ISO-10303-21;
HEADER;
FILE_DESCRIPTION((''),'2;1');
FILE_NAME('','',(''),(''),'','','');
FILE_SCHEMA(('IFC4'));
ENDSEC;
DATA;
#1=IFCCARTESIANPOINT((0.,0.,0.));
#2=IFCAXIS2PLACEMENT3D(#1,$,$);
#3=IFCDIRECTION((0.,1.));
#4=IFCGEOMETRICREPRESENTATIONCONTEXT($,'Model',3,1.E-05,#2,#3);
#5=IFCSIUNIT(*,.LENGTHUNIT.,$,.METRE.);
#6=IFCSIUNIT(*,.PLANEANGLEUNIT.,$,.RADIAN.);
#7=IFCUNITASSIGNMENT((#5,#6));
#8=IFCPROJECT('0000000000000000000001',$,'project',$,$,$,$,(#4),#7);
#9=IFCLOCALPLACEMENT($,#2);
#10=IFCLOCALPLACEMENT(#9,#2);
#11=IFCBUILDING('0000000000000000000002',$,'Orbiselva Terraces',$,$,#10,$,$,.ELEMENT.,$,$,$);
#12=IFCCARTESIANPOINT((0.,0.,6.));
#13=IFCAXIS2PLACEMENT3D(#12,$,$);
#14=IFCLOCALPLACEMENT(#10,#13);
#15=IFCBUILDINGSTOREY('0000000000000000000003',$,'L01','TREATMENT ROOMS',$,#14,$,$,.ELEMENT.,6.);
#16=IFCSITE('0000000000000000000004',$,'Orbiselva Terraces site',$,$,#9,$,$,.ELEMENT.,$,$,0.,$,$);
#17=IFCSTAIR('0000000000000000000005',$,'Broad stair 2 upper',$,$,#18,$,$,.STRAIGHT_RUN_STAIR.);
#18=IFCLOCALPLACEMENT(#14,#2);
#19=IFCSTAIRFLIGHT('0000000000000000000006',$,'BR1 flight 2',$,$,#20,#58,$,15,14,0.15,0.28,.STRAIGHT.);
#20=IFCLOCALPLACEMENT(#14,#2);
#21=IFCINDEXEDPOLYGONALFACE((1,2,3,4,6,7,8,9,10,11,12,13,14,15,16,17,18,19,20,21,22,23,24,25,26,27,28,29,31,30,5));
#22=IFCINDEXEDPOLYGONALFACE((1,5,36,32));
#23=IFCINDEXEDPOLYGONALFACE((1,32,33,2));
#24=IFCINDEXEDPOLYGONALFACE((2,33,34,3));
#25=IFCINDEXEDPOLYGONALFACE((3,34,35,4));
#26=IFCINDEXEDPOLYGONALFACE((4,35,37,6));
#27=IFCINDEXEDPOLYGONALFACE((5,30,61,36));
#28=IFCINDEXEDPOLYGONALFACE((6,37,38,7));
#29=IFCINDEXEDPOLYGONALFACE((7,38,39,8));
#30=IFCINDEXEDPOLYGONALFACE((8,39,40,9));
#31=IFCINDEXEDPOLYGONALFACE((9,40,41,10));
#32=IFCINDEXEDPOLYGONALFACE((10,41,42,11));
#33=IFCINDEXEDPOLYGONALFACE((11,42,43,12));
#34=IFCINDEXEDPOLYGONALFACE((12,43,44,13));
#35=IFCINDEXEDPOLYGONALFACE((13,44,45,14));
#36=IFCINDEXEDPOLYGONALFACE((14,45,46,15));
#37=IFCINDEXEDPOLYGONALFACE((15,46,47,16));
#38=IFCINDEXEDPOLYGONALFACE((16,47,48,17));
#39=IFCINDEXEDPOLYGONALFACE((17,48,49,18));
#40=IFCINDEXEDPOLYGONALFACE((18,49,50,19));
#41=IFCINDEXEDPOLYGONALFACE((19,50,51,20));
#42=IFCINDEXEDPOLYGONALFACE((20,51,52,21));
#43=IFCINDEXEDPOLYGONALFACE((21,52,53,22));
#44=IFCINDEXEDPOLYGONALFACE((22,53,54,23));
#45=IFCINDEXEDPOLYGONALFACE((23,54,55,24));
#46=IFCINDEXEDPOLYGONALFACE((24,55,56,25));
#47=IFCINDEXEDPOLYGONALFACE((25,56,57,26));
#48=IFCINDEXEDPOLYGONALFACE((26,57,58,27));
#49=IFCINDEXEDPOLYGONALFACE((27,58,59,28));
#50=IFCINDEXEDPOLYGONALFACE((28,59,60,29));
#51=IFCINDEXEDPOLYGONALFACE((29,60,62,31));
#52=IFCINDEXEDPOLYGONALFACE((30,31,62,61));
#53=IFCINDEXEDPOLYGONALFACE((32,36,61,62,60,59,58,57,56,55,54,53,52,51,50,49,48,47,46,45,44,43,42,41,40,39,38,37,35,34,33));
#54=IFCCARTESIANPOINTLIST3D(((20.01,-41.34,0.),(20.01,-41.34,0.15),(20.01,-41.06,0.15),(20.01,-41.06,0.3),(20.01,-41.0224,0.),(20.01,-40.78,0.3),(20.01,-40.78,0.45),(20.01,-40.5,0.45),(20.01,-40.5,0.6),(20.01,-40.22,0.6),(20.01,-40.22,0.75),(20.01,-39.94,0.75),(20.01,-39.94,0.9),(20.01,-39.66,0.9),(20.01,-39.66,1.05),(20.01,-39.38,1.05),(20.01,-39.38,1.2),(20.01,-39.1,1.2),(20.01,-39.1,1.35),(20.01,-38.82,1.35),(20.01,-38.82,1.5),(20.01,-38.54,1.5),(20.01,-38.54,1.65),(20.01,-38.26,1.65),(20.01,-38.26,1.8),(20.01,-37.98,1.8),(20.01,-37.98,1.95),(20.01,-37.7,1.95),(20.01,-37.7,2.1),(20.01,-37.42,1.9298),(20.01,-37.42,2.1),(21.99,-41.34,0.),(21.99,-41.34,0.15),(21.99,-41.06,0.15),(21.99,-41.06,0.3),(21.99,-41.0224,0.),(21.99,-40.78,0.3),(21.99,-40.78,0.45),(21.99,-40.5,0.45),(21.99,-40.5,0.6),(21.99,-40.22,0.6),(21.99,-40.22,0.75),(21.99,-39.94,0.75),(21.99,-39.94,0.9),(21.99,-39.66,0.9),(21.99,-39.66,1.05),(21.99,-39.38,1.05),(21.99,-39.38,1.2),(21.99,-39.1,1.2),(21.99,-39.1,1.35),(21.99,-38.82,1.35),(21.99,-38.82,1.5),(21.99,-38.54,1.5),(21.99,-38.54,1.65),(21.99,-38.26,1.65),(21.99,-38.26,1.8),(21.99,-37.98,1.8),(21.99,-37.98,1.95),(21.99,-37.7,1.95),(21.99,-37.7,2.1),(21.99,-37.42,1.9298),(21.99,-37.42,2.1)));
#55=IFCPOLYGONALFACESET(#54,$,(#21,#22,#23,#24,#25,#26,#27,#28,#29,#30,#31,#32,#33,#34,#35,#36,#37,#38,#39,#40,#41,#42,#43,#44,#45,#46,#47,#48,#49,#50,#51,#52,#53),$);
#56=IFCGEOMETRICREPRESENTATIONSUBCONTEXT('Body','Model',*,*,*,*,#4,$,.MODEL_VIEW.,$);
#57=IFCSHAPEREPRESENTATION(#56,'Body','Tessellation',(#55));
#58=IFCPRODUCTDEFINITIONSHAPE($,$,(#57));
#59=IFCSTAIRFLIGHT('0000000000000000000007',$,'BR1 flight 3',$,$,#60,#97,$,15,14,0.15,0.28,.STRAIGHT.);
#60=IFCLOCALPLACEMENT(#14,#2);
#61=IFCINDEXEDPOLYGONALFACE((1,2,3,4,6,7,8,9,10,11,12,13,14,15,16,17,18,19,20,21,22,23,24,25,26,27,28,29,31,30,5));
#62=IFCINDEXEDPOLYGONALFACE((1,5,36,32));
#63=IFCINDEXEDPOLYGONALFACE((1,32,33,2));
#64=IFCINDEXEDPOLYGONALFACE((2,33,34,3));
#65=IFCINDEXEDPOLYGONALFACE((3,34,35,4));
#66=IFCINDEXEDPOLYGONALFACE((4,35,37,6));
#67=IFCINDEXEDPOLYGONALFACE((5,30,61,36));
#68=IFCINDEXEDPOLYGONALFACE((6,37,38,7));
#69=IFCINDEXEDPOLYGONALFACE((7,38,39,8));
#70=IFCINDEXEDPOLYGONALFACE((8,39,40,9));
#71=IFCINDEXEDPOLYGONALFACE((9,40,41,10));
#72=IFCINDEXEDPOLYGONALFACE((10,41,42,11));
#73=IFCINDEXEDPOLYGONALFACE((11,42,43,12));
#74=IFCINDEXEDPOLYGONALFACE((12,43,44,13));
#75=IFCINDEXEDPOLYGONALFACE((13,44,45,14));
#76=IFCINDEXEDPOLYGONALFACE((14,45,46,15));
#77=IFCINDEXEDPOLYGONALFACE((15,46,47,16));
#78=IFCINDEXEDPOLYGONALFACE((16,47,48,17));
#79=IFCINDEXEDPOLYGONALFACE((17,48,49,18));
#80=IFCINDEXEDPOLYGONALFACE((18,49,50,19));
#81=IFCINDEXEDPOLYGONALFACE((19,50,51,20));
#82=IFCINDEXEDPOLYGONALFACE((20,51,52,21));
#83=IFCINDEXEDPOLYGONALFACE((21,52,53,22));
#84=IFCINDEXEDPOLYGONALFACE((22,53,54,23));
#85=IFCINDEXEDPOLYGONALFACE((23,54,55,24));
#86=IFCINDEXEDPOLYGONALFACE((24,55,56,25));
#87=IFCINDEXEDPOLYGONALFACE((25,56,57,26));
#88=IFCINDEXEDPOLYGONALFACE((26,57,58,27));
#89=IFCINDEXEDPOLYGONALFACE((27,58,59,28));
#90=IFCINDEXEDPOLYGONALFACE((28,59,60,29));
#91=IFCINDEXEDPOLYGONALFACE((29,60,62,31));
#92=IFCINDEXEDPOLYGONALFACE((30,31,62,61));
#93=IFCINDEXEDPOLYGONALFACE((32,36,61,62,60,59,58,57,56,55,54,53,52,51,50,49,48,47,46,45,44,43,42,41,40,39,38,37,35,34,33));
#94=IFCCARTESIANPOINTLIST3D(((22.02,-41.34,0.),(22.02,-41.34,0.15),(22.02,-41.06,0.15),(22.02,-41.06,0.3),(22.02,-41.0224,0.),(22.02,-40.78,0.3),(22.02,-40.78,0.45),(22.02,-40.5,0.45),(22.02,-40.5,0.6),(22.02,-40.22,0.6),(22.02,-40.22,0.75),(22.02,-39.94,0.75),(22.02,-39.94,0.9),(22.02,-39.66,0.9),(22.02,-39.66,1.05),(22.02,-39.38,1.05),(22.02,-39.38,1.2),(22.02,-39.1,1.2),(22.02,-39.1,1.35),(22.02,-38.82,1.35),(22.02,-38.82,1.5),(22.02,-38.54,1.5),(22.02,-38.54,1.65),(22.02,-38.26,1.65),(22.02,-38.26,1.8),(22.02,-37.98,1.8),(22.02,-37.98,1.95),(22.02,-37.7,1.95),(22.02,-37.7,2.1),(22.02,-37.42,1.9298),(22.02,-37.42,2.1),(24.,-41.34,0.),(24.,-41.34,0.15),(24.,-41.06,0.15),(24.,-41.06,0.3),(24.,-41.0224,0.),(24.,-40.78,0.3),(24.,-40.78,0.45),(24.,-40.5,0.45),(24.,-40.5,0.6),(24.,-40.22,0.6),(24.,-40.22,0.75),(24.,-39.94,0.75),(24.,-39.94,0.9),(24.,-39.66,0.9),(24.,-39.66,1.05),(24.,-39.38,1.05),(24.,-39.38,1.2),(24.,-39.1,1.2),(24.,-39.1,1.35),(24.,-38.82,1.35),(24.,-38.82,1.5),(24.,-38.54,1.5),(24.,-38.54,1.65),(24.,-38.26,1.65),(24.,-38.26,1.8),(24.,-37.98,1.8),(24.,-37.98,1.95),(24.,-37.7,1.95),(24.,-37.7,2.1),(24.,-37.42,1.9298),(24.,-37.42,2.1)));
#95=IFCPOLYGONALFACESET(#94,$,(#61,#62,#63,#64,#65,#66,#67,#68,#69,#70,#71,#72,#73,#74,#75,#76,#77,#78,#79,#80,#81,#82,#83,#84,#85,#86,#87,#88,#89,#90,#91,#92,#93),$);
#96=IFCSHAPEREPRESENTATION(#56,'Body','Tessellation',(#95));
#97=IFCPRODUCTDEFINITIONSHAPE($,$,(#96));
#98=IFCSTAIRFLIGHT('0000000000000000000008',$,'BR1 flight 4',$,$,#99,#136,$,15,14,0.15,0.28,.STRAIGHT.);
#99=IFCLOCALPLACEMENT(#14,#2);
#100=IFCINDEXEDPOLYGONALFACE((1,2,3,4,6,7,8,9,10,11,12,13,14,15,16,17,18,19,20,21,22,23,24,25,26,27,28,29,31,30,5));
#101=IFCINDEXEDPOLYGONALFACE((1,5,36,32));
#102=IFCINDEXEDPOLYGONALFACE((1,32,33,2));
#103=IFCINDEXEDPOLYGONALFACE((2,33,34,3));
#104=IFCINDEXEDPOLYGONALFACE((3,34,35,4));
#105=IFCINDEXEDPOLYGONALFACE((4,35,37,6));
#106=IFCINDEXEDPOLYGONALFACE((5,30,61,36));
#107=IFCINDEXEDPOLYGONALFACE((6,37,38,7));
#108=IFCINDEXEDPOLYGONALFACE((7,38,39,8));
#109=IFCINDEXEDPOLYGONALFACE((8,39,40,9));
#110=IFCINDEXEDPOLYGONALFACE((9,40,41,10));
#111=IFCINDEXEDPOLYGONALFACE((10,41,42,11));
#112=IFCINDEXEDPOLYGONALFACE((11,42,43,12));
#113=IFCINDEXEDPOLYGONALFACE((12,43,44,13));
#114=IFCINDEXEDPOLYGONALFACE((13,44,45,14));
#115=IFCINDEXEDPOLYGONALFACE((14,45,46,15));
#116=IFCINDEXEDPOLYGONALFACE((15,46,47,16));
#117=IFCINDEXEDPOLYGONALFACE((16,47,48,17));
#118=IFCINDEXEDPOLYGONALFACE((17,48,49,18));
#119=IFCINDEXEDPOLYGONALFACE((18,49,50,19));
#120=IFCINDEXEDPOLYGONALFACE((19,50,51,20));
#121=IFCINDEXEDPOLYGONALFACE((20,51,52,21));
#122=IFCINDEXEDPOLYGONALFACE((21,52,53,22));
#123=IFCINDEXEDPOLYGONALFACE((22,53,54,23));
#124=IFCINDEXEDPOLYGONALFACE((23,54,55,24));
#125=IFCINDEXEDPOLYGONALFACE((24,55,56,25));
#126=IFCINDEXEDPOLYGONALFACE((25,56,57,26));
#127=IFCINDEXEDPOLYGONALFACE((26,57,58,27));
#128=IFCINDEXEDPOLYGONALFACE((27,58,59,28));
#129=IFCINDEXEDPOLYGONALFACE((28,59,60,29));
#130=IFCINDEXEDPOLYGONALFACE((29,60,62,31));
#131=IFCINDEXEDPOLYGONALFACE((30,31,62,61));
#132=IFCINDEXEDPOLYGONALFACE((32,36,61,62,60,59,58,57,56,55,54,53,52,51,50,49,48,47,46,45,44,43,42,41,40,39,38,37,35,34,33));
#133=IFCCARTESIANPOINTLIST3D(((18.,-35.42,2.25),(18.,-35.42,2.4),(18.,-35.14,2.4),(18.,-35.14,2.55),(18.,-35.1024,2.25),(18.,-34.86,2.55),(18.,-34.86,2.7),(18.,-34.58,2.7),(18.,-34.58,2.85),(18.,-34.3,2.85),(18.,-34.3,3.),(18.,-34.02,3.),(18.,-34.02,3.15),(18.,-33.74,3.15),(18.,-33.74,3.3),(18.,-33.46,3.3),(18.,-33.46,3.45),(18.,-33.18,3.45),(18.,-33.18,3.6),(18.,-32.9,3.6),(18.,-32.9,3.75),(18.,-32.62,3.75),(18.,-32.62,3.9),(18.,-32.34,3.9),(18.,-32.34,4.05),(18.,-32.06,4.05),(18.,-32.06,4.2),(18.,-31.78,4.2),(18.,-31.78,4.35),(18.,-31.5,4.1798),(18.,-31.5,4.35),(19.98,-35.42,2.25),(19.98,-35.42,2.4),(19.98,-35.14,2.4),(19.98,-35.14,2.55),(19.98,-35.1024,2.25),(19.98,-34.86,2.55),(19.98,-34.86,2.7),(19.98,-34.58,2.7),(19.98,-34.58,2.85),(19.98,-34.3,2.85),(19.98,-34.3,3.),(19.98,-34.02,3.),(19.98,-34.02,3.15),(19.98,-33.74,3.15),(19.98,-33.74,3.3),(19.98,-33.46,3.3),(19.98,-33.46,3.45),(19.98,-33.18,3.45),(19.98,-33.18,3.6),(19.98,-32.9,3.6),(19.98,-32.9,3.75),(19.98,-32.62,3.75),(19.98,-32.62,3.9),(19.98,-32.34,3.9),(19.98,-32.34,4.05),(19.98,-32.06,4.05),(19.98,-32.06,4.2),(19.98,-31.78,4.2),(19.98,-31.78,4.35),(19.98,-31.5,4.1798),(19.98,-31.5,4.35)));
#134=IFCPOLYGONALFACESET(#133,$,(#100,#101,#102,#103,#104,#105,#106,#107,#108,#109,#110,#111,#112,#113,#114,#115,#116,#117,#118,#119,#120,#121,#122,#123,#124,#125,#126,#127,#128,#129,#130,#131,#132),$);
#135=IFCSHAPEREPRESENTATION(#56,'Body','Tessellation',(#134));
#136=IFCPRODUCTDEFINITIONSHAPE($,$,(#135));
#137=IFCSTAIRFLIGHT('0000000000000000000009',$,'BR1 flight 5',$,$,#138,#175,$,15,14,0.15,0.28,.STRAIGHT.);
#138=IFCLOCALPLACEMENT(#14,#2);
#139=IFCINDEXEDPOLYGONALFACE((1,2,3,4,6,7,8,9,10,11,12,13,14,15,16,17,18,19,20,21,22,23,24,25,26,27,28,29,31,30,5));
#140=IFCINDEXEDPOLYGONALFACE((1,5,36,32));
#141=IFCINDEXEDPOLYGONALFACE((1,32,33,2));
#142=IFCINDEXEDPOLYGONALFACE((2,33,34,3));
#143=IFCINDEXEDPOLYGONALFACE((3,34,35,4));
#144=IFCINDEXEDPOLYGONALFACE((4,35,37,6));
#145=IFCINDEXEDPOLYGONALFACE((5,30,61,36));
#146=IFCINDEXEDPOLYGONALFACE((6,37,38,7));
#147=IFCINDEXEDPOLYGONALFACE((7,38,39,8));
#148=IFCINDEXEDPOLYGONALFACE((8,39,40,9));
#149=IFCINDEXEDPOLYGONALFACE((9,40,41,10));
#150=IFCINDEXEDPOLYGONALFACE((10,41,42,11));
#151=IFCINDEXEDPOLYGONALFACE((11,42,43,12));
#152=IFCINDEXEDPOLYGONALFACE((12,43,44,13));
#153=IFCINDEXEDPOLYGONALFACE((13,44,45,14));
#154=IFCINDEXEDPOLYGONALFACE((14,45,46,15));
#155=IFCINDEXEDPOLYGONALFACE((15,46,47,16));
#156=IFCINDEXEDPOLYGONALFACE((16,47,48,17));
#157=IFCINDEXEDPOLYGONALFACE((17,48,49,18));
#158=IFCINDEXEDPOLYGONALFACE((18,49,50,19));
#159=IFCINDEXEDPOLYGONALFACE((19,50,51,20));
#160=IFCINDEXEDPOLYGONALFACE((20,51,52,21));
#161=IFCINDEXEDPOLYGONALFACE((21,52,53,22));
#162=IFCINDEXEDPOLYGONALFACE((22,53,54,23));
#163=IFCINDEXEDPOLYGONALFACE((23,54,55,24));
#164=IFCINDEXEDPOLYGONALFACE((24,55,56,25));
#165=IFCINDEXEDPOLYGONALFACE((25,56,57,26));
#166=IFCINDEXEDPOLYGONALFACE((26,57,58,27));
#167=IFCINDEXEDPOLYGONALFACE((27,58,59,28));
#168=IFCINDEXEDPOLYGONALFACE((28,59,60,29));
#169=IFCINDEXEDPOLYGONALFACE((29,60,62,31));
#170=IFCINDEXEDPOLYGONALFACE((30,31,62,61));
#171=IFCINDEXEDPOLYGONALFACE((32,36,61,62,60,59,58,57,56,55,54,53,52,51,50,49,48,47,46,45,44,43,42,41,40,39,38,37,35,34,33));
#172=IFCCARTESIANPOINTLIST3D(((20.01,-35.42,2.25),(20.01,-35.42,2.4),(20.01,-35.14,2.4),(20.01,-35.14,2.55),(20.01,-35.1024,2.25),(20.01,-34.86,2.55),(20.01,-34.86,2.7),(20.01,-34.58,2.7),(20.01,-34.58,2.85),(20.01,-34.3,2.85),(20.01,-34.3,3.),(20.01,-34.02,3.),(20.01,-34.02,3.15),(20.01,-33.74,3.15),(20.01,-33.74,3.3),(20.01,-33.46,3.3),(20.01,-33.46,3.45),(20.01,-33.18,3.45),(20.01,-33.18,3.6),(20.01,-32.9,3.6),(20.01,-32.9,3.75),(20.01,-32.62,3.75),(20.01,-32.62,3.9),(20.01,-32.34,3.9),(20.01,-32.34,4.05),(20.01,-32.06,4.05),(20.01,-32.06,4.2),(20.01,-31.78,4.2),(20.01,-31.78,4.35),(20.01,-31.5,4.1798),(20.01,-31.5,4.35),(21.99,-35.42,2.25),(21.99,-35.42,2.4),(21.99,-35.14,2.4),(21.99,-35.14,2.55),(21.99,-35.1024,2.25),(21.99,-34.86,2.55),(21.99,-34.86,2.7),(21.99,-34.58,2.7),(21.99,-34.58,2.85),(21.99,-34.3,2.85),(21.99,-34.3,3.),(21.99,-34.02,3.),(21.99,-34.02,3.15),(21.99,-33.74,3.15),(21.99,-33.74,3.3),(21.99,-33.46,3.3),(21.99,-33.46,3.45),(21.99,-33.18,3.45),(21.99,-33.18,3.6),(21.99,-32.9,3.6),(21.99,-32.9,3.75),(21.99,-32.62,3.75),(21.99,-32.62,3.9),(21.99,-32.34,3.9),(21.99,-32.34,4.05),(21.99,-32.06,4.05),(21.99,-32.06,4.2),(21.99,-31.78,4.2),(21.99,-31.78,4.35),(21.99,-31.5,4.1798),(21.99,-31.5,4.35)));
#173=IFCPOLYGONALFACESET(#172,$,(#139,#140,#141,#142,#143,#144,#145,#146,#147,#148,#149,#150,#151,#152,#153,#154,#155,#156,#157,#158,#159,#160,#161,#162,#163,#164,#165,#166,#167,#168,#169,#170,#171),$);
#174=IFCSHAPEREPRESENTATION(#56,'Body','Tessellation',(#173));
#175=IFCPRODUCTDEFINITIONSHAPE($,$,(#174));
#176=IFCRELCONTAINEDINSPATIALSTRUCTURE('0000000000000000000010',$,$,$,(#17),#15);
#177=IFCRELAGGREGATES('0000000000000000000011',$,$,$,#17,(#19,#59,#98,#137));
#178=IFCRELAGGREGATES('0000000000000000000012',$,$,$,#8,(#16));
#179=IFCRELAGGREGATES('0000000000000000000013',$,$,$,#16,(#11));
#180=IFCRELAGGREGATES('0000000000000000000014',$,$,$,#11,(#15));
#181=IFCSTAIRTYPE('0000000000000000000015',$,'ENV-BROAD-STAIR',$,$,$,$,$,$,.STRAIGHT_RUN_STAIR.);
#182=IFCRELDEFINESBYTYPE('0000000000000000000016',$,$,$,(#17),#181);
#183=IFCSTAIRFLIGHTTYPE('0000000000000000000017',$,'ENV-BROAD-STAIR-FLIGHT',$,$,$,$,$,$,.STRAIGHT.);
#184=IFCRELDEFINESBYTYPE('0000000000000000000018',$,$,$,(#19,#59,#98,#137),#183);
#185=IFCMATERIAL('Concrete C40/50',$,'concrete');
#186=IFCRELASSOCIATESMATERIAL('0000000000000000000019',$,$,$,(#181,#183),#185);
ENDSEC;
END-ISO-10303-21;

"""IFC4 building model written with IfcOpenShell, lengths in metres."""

from ifc_helpers import new_model, si_unit, direction, frame, origin, place, context, subcontext, project, spatial, polyline, outline, extrude, material, type_object, element, aggregate, save


model = new_model("IFC4")

# Units and contexts
model_context = context("Model", 3, precision=1e-05, world=origin(), true_north=direction((0.0, 1.0)))
body_context = subcontext(model_context, "Body", "Model", "MODEL_VIEW")
ifc_project = project(units=[si_unit("LENGTHUNIT", "METRE"), si_unit("PLANEANGLEUNIT", "RADIAN")], contexts=[model_context])

# Site, building, storey
site_placement = place(None, origin())
site = spatial("IfcSite", under=ifc_project, at=site_placement, Name="Orbiselva Terraces site", CompositionType="ELEMENT", RefElevation=0.0)
building_placement = place(site_placement, origin())
building = spatial("IfcBuilding", under=site, at=building_placement, Name="Orbiselva Terraces", CompositionType="ELEMENT")
storey_placement = place(building_placement, frame((0.0, 0.0, 6.0)))
storey = spatial("IfcBuildingStorey", under=building, at=storey_placement, Name="L01", Description="TREATMENT ROOMS", CompositionType="ELEMENT", Elevation=6.0)

# Stair, stair flights
ifc_material_1 = material(Name="Concrete C40/50", Category="concrete")
stair_type = type_object("IfcStairType", Name="ENV-BROAD-STAIR", PredefinedType="STRAIGHT_RUN_STAIR", material=ifc_material_1)
stair_placement = place(storey_placement, origin())
stair = element("IfcStair", 1, at=stair_placement, inside=storey, type_object=stair_type, Name="Broad stair 2 upper", PredefinedType="STRAIGHT_RUN_STAIR")
stair_flight_type = type_object("IfcStairFlightType", Name="ENV-BROAD-STAIR-FLIGHT", PredefinedType="STRAIGHT", material=ifc_material_1)
stair_flight_1_placement = place(storey_placement, frame((21.0, -41.34, 0.0), z_axis=(0.0, 0.0, 1.0), x_axis=(0.0, 1.0, 0.0)))
stair_flight_1 = element("IfcStairFlight", 2, at=stair_flight_1_placement, type_object=stair_flight_type, Name="BR1 flight 2", NumberOfRisers=15, NumberOfTreads=14, PredefinedType="STRAIGHT", RiserHeight=0.15, TreadLength=0.28, context=body_context, shape_type="SweptSolid", body=[
    extrude(outline(polyline([(0.0, 0.0), (0.0, 0.15), (0.28, 0.15), (0.28, 0.3), (0.56, 0.3), (0.56, 0.45), (0.84, 0.45), (0.84, 0.6), (1.12, 0.6), (1.12, 0.75), (1.4, 0.75), (1.4, 0.9), (1.68, 0.9), (1.68, 1.05), (1.96, 1.05), (1.96, 1.2), (2.24, 1.2), (2.24, 1.35), (2.52, 1.35), (2.52, 1.5), (2.8, 1.5), (2.8, 1.65), (3.08, 1.65), (3.08, 1.8), (3.36, 1.8), (3.36, 1.95), (3.64, 1.95), (3.64, 2.1), (3.92, 2.1), (3.92, 2.25), (3.92, 1.9298), (0.3176, 0.0), (0.0, 0.0)])), frame((0.0, 0.99, 0.0), z_axis=(0.0, -1.0, 0.0), x_axis=(1.0, 0.0, 0.0)), (0.0, 0.0, 1.0), 1.98),
])
stair_flight_2_placement = place(storey_placement, frame((23.01, -41.34, 0.0), z_axis=(0.0, 0.0, 1.0), x_axis=(0.0, 1.0, 0.0)))
stair_flight_2 = element("IfcStairFlight", 3, at=stair_flight_2_placement, type_object=stair_flight_type, Name="BR1 flight 3", NumberOfRisers=15, NumberOfTreads=14, PredefinedType="STRAIGHT", RiserHeight=0.15, TreadLength=0.28, context=body_context, shape_type="SweptSolid", body=[
    extrude(outline(polyline([(0.0, 0.0), (0.0, 0.15), (0.28, 0.15), (0.28, 0.3), (0.56, 0.3), (0.56, 0.45), (0.84, 0.45), (0.84, 0.6), (1.12, 0.6), (1.12, 0.75), (1.4, 0.75), (1.4, 0.9), (1.68, 0.9), (1.68, 1.05), (1.96, 1.05), (1.96, 1.2), (2.24, 1.2), (2.24, 1.35), (2.52, 1.35), (2.52, 1.5), (2.8, 1.5), (2.8, 1.65), (3.08, 1.65), (3.08, 1.8), (3.36, 1.8), (3.36, 1.95), (3.64, 1.95), (3.64, 2.1), (3.92, 2.1), (3.92, 2.25), (3.92, 1.9298), (0.3176, 0.0), (0.0, 0.0)])), frame((0.0, 0.99, 0.0), z_axis=(0.0, -1.0, 0.0), x_axis=(1.0, 0.0, 0.0)), (0.0, 0.0, 1.0), 1.98),
])
stair_flight_3_placement = place(storey_placement, frame((18.99, -35.42, 2.25), z_axis=(0.0, 0.0, 1.0), x_axis=(0.0, 1.0, 0.0)))
stair_flight_3 = element("IfcStairFlight", 4, at=stair_flight_3_placement, type_object=stair_flight_type, Name="BR1 flight 4", NumberOfRisers=15, NumberOfTreads=14, PredefinedType="STRAIGHT", RiserHeight=0.15, TreadLength=0.28, context=body_context, shape_type="SweptSolid", body=[
    extrude(outline(polyline([(0.0, 0.0), (0.0, 0.15), (0.28, 0.15), (0.28, 0.3), (0.56, 0.3), (0.56, 0.45), (0.84, 0.45), (0.84, 0.6), (1.12, 0.6), (1.12, 0.75), (1.4, 0.75), (1.4, 0.9), (1.68, 0.9), (1.68, 1.05), (1.96, 1.05), (1.96, 1.2), (2.24, 1.2), (2.24, 1.35), (2.52, 1.35), (2.52, 1.5), (2.8, 1.5), (2.8, 1.65), (3.08, 1.65), (3.08, 1.8), (3.36, 1.8), (3.36, 1.95), (3.64, 1.95), (3.64, 2.1), (3.92, 2.1), (3.92, 2.25), (3.92, 1.9298), (0.3176, 0.0), (0.0, 0.0)])), frame((0.0, 0.99, 0.0), z_axis=(0.0, -1.0, 0.0), x_axis=(1.0, 0.0, 0.0)), (0.0, 0.0, 1.0), 1.98),
])
stair_flight_4_placement = place(storey_placement, frame((21.0, -35.42, 2.25), z_axis=(0.0, 0.0, 1.0), x_axis=(0.0, 1.0, 0.0)))
stair_flight_4 = element("IfcStairFlight", 5, at=stair_flight_4_placement, type_object=stair_flight_type, Name="BR1 flight 5", NumberOfRisers=15, NumberOfTreads=14, PredefinedType="STRAIGHT", RiserHeight=0.15, TreadLength=0.28, context=body_context, shape_type="SweptSolid", body=[
    extrude(outline(polyline([(0.0, 0.0), (0.0, 0.15), (0.28, 0.15), (0.28, 0.3), (0.56, 0.3), (0.56, 0.45), (0.84, 0.45), (0.84, 0.6), (1.12, 0.6), (1.12, 0.75), (1.4, 0.75), (1.4, 0.9), (1.68, 0.9), (1.68, 1.05), (1.96, 1.05), (1.96, 1.2), (2.24, 1.2), (2.24, 1.35), (2.52, 1.35), (2.52, 1.5), (2.8, 1.5), (2.8, 1.65), (3.08, 1.65), (3.08, 1.8), (3.36, 1.8), (3.36, 1.95), (3.64, 1.95), (3.64, 2.1), (3.92, 2.1), (3.92, 2.25), (3.92, 1.9298), (0.3176, 0.0), (0.0, 0.0)])), frame((0.0, 0.99, 0.0), z_axis=(0.0, -1.0, 0.0), x_axis=(1.0, 0.0, 0.0)), (0.0, 0.0, 1.0), 1.98),
])
aggregate(stair, [stair_flight_1, stair_flight_2, stair_flight_3, stair_flight_4])

save(model, "model.ifc")
